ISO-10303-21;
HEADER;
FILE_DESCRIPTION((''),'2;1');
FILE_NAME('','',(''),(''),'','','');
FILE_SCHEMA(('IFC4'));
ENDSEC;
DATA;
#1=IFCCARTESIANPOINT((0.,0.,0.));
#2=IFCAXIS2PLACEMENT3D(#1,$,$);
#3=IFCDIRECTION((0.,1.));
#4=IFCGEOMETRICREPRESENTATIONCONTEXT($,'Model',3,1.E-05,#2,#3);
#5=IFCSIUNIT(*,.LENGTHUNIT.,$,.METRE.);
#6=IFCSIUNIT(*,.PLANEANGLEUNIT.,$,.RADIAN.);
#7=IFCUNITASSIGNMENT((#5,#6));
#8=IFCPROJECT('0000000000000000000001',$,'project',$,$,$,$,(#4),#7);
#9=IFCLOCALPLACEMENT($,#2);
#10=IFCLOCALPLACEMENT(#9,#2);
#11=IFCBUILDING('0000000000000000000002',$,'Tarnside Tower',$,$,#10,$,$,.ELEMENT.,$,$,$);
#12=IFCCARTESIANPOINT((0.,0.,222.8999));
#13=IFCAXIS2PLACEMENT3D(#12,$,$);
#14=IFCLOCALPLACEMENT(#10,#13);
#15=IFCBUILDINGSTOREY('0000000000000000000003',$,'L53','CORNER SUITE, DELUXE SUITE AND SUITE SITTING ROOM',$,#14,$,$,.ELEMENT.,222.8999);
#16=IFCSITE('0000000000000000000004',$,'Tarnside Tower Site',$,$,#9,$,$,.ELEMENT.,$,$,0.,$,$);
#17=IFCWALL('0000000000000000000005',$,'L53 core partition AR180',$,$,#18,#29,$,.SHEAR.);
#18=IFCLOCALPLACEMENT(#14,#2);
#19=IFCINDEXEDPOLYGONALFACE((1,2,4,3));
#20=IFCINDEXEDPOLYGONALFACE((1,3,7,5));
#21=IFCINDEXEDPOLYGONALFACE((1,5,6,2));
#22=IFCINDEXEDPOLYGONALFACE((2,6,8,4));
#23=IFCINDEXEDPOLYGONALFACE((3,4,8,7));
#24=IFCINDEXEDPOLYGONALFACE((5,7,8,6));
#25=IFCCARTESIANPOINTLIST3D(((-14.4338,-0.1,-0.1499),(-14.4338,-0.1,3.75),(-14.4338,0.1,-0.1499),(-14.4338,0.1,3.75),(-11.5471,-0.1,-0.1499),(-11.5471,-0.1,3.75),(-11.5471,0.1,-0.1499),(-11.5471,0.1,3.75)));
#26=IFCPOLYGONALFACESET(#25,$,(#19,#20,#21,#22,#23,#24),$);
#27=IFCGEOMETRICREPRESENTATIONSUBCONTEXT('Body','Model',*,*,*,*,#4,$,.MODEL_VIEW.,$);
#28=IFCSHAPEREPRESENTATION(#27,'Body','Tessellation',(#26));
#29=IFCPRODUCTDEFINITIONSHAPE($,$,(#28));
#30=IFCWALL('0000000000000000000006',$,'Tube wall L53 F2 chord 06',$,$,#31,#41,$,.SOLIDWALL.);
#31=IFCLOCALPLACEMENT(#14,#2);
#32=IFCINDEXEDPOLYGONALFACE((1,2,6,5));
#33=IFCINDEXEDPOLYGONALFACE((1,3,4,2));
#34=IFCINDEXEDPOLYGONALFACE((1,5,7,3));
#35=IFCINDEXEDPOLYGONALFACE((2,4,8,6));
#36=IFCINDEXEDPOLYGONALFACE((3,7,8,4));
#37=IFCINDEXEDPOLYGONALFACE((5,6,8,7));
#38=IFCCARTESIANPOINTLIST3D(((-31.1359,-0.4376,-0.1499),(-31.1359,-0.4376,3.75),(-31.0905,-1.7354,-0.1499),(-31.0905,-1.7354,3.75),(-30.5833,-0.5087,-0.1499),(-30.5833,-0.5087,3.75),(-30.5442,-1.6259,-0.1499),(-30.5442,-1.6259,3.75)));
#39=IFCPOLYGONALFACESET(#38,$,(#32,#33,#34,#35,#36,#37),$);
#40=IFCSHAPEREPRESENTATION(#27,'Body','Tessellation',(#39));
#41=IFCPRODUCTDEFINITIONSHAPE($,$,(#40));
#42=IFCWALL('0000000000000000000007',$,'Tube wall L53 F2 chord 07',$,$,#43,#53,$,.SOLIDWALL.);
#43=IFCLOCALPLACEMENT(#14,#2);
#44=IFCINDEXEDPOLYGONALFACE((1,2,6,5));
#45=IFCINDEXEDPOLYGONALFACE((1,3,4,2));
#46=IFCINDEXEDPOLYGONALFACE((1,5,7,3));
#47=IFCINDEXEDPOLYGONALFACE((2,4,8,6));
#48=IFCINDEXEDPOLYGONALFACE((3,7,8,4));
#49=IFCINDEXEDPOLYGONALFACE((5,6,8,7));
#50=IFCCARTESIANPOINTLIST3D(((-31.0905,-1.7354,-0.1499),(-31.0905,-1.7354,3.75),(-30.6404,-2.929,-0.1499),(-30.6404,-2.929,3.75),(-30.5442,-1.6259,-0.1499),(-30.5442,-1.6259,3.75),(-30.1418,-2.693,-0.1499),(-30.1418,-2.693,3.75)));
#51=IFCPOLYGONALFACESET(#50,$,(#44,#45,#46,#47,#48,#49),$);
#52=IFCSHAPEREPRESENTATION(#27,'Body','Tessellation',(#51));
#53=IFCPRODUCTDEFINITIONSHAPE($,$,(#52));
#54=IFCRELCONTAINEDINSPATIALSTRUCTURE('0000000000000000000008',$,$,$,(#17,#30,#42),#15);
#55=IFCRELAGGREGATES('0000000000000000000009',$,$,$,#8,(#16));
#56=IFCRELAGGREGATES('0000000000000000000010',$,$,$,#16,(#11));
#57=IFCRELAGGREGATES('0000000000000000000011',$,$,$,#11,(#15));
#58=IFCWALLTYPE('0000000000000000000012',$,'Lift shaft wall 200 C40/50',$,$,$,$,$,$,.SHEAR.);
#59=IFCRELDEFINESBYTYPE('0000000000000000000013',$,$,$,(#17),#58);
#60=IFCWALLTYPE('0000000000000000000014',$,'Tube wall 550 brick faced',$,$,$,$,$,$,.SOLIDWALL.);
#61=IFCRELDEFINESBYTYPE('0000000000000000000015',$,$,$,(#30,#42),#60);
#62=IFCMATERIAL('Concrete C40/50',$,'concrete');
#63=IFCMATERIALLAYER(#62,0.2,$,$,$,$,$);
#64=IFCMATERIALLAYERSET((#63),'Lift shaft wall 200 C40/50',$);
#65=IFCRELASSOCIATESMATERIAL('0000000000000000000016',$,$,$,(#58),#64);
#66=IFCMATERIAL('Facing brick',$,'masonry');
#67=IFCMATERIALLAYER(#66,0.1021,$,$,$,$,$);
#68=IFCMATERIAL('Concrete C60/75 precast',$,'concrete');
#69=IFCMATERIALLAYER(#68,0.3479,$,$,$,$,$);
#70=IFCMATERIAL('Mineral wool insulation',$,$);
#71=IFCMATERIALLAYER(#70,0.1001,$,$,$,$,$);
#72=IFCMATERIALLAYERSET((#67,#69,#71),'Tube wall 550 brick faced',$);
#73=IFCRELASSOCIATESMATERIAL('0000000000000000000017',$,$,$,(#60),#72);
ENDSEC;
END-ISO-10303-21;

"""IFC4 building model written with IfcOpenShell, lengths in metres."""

from ifc_helpers import new_model, si_unit, direction, frame, frame_2d, origin, place, context, subcontext, project, spatial, polyline, rectangle, outline, extrude, material, layer, layer_set, type_object, element, save


model = new_model("IFC4")

# Units and contexts
model_context = context("Model", 3, precision=1e-05, world=origin(), true_north=direction((0.0, 1.0)))
body_context = subcontext(model_context, "Body", "Model", "MODEL_VIEW")
ifc_project = project(units=[si_unit("LENGTHUNIT", "METRE"), si_unit("PLANEANGLEUNIT", "RADIAN")], contexts=[model_context])

# Site, building, storey
site_placement = place(None, origin())
site = spatial("IfcSite", under=ifc_project, at=site_placement, Name="Tarnside Tower Site", CompositionType="ELEMENT", RefElevation=0.0)
building_placement = place(site_placement, origin())
building = spatial("IfcBuilding", under=site, at=building_placement, Name="Tarnside Tower", CompositionType="ELEMENT")
storey_placement = place(building_placement, frame((0.0, 0.0, 222.8999)))
storey = spatial("IfcBuildingStorey", under=building, at=storey_placement, Name="L53", Description="CORNER SUITE, DELUXE SUITE AND SUITE SITTING ROOM", CompositionType="ELEMENT", Elevation=222.8999)

# Walls
ifc_material_1 = material(Name="Concrete C40/50", Category="concrete")
ifc_layer_1 = layer(ifc_material_1, 0.2)
ifc_layer_set_1 = layer_set([ifc_layer_1], Name="Lift shaft wall 200 C40/50")
wall_type_1 = type_object("IfcWallType", Name="Lift shaft wall 200 C40/50", PredefinedType="SHEAR", material=ifc_layer_set_1)
wall_1_placement = place(storey_placement, frame((-11.5471, 0.0, -0.1499), z_axis=(0.0, 0.0, 1.0), x_axis=(-1.0, 0.0, 0.0)))
element("IfcWall", 1, at=wall_1_placement, inside=storey, type_object=wall_type_1, Name="L53 core partition AR180", PredefinedType="SHEAR", context=body_context, shape_type="SweptSolid", body=[
    extrude(rectangle(XDim=2.8867, YDim=0.2, at=frame_2d((1.4434, 0.0))), origin(), (0.0, 0.0, 1.0), 3.8999),
])
ifc_material_2 = material(Name="Facing brick", Category="masonry")
ifc_layer_2 = layer(ifc_material_2, 0.1021)
ifc_material_3 = material(Name="Concrete C60/75 precast", Category="concrete")
ifc_layer_3 = layer(ifc_material_3, 0.3479)
ifc_material_4 = material(Name="Mineral wool insulation")
ifc_layer_4 = layer(ifc_material_4, 0.1001)
ifc_layer_set_2 = layer_set([ifc_layer_2, ifc_layer_3, ifc_layer_4], Name="Tube wall 550 brick faced")
wall_type_2 = type_object("IfcWallType", Name="Tube wall 550 brick faced", PredefinedType="SOLIDWALL", material=ifc_layer_set_2)
wall_2_placement = place(storey_placement, frame((-30.8596, -0.4731, -0.1499), z_axis=(0.0, 0.0, 1.0), x_axis=(0.034956, -0.999389, 0.0)))
element("IfcWall", 2, at=wall_2_placement, inside=storey, type_object=wall_type_2, Name="Tube wall L53 F2 chord 06", PredefinedType="SOLIDWALL", context=body_context, shape_type="SweptSolid", body=[
    extrude(outline(polyline([(-0.0452, -0.2749), (1.2534, -0.2749), (1.1631, 0.2749), (0.0452, 0.2749), (-0.0452, -0.2749)])), origin(), (0.0, 0.0, 1.0), 3.8999),
])
wall_3_placement = place(storey_placement, frame((-30.8174, -1.6807, -0.1499), z_axis=(0.0, 0.0, 1.0), x_axis=(0.35285, -0.93568, 0.0)))
element("IfcWall", 3, at=wall_3_placement, inside=storey, type_object=wall_type_2, Name="Tube wall L53 F2 chord 07", PredefinedType="SOLIDWALL", context=body_context, shape_type="SweptSolid", body=[
    extrude(outline(polyline([(-0.0452, -0.2749), (1.2305, -0.2749), (1.1855, 0.2749), (0.0452, 0.2749), (-0.0452, -0.2749)])), origin(), (0.0, 0.0, 1.0), 3.8999),
])

save(model, "model.ifc")
